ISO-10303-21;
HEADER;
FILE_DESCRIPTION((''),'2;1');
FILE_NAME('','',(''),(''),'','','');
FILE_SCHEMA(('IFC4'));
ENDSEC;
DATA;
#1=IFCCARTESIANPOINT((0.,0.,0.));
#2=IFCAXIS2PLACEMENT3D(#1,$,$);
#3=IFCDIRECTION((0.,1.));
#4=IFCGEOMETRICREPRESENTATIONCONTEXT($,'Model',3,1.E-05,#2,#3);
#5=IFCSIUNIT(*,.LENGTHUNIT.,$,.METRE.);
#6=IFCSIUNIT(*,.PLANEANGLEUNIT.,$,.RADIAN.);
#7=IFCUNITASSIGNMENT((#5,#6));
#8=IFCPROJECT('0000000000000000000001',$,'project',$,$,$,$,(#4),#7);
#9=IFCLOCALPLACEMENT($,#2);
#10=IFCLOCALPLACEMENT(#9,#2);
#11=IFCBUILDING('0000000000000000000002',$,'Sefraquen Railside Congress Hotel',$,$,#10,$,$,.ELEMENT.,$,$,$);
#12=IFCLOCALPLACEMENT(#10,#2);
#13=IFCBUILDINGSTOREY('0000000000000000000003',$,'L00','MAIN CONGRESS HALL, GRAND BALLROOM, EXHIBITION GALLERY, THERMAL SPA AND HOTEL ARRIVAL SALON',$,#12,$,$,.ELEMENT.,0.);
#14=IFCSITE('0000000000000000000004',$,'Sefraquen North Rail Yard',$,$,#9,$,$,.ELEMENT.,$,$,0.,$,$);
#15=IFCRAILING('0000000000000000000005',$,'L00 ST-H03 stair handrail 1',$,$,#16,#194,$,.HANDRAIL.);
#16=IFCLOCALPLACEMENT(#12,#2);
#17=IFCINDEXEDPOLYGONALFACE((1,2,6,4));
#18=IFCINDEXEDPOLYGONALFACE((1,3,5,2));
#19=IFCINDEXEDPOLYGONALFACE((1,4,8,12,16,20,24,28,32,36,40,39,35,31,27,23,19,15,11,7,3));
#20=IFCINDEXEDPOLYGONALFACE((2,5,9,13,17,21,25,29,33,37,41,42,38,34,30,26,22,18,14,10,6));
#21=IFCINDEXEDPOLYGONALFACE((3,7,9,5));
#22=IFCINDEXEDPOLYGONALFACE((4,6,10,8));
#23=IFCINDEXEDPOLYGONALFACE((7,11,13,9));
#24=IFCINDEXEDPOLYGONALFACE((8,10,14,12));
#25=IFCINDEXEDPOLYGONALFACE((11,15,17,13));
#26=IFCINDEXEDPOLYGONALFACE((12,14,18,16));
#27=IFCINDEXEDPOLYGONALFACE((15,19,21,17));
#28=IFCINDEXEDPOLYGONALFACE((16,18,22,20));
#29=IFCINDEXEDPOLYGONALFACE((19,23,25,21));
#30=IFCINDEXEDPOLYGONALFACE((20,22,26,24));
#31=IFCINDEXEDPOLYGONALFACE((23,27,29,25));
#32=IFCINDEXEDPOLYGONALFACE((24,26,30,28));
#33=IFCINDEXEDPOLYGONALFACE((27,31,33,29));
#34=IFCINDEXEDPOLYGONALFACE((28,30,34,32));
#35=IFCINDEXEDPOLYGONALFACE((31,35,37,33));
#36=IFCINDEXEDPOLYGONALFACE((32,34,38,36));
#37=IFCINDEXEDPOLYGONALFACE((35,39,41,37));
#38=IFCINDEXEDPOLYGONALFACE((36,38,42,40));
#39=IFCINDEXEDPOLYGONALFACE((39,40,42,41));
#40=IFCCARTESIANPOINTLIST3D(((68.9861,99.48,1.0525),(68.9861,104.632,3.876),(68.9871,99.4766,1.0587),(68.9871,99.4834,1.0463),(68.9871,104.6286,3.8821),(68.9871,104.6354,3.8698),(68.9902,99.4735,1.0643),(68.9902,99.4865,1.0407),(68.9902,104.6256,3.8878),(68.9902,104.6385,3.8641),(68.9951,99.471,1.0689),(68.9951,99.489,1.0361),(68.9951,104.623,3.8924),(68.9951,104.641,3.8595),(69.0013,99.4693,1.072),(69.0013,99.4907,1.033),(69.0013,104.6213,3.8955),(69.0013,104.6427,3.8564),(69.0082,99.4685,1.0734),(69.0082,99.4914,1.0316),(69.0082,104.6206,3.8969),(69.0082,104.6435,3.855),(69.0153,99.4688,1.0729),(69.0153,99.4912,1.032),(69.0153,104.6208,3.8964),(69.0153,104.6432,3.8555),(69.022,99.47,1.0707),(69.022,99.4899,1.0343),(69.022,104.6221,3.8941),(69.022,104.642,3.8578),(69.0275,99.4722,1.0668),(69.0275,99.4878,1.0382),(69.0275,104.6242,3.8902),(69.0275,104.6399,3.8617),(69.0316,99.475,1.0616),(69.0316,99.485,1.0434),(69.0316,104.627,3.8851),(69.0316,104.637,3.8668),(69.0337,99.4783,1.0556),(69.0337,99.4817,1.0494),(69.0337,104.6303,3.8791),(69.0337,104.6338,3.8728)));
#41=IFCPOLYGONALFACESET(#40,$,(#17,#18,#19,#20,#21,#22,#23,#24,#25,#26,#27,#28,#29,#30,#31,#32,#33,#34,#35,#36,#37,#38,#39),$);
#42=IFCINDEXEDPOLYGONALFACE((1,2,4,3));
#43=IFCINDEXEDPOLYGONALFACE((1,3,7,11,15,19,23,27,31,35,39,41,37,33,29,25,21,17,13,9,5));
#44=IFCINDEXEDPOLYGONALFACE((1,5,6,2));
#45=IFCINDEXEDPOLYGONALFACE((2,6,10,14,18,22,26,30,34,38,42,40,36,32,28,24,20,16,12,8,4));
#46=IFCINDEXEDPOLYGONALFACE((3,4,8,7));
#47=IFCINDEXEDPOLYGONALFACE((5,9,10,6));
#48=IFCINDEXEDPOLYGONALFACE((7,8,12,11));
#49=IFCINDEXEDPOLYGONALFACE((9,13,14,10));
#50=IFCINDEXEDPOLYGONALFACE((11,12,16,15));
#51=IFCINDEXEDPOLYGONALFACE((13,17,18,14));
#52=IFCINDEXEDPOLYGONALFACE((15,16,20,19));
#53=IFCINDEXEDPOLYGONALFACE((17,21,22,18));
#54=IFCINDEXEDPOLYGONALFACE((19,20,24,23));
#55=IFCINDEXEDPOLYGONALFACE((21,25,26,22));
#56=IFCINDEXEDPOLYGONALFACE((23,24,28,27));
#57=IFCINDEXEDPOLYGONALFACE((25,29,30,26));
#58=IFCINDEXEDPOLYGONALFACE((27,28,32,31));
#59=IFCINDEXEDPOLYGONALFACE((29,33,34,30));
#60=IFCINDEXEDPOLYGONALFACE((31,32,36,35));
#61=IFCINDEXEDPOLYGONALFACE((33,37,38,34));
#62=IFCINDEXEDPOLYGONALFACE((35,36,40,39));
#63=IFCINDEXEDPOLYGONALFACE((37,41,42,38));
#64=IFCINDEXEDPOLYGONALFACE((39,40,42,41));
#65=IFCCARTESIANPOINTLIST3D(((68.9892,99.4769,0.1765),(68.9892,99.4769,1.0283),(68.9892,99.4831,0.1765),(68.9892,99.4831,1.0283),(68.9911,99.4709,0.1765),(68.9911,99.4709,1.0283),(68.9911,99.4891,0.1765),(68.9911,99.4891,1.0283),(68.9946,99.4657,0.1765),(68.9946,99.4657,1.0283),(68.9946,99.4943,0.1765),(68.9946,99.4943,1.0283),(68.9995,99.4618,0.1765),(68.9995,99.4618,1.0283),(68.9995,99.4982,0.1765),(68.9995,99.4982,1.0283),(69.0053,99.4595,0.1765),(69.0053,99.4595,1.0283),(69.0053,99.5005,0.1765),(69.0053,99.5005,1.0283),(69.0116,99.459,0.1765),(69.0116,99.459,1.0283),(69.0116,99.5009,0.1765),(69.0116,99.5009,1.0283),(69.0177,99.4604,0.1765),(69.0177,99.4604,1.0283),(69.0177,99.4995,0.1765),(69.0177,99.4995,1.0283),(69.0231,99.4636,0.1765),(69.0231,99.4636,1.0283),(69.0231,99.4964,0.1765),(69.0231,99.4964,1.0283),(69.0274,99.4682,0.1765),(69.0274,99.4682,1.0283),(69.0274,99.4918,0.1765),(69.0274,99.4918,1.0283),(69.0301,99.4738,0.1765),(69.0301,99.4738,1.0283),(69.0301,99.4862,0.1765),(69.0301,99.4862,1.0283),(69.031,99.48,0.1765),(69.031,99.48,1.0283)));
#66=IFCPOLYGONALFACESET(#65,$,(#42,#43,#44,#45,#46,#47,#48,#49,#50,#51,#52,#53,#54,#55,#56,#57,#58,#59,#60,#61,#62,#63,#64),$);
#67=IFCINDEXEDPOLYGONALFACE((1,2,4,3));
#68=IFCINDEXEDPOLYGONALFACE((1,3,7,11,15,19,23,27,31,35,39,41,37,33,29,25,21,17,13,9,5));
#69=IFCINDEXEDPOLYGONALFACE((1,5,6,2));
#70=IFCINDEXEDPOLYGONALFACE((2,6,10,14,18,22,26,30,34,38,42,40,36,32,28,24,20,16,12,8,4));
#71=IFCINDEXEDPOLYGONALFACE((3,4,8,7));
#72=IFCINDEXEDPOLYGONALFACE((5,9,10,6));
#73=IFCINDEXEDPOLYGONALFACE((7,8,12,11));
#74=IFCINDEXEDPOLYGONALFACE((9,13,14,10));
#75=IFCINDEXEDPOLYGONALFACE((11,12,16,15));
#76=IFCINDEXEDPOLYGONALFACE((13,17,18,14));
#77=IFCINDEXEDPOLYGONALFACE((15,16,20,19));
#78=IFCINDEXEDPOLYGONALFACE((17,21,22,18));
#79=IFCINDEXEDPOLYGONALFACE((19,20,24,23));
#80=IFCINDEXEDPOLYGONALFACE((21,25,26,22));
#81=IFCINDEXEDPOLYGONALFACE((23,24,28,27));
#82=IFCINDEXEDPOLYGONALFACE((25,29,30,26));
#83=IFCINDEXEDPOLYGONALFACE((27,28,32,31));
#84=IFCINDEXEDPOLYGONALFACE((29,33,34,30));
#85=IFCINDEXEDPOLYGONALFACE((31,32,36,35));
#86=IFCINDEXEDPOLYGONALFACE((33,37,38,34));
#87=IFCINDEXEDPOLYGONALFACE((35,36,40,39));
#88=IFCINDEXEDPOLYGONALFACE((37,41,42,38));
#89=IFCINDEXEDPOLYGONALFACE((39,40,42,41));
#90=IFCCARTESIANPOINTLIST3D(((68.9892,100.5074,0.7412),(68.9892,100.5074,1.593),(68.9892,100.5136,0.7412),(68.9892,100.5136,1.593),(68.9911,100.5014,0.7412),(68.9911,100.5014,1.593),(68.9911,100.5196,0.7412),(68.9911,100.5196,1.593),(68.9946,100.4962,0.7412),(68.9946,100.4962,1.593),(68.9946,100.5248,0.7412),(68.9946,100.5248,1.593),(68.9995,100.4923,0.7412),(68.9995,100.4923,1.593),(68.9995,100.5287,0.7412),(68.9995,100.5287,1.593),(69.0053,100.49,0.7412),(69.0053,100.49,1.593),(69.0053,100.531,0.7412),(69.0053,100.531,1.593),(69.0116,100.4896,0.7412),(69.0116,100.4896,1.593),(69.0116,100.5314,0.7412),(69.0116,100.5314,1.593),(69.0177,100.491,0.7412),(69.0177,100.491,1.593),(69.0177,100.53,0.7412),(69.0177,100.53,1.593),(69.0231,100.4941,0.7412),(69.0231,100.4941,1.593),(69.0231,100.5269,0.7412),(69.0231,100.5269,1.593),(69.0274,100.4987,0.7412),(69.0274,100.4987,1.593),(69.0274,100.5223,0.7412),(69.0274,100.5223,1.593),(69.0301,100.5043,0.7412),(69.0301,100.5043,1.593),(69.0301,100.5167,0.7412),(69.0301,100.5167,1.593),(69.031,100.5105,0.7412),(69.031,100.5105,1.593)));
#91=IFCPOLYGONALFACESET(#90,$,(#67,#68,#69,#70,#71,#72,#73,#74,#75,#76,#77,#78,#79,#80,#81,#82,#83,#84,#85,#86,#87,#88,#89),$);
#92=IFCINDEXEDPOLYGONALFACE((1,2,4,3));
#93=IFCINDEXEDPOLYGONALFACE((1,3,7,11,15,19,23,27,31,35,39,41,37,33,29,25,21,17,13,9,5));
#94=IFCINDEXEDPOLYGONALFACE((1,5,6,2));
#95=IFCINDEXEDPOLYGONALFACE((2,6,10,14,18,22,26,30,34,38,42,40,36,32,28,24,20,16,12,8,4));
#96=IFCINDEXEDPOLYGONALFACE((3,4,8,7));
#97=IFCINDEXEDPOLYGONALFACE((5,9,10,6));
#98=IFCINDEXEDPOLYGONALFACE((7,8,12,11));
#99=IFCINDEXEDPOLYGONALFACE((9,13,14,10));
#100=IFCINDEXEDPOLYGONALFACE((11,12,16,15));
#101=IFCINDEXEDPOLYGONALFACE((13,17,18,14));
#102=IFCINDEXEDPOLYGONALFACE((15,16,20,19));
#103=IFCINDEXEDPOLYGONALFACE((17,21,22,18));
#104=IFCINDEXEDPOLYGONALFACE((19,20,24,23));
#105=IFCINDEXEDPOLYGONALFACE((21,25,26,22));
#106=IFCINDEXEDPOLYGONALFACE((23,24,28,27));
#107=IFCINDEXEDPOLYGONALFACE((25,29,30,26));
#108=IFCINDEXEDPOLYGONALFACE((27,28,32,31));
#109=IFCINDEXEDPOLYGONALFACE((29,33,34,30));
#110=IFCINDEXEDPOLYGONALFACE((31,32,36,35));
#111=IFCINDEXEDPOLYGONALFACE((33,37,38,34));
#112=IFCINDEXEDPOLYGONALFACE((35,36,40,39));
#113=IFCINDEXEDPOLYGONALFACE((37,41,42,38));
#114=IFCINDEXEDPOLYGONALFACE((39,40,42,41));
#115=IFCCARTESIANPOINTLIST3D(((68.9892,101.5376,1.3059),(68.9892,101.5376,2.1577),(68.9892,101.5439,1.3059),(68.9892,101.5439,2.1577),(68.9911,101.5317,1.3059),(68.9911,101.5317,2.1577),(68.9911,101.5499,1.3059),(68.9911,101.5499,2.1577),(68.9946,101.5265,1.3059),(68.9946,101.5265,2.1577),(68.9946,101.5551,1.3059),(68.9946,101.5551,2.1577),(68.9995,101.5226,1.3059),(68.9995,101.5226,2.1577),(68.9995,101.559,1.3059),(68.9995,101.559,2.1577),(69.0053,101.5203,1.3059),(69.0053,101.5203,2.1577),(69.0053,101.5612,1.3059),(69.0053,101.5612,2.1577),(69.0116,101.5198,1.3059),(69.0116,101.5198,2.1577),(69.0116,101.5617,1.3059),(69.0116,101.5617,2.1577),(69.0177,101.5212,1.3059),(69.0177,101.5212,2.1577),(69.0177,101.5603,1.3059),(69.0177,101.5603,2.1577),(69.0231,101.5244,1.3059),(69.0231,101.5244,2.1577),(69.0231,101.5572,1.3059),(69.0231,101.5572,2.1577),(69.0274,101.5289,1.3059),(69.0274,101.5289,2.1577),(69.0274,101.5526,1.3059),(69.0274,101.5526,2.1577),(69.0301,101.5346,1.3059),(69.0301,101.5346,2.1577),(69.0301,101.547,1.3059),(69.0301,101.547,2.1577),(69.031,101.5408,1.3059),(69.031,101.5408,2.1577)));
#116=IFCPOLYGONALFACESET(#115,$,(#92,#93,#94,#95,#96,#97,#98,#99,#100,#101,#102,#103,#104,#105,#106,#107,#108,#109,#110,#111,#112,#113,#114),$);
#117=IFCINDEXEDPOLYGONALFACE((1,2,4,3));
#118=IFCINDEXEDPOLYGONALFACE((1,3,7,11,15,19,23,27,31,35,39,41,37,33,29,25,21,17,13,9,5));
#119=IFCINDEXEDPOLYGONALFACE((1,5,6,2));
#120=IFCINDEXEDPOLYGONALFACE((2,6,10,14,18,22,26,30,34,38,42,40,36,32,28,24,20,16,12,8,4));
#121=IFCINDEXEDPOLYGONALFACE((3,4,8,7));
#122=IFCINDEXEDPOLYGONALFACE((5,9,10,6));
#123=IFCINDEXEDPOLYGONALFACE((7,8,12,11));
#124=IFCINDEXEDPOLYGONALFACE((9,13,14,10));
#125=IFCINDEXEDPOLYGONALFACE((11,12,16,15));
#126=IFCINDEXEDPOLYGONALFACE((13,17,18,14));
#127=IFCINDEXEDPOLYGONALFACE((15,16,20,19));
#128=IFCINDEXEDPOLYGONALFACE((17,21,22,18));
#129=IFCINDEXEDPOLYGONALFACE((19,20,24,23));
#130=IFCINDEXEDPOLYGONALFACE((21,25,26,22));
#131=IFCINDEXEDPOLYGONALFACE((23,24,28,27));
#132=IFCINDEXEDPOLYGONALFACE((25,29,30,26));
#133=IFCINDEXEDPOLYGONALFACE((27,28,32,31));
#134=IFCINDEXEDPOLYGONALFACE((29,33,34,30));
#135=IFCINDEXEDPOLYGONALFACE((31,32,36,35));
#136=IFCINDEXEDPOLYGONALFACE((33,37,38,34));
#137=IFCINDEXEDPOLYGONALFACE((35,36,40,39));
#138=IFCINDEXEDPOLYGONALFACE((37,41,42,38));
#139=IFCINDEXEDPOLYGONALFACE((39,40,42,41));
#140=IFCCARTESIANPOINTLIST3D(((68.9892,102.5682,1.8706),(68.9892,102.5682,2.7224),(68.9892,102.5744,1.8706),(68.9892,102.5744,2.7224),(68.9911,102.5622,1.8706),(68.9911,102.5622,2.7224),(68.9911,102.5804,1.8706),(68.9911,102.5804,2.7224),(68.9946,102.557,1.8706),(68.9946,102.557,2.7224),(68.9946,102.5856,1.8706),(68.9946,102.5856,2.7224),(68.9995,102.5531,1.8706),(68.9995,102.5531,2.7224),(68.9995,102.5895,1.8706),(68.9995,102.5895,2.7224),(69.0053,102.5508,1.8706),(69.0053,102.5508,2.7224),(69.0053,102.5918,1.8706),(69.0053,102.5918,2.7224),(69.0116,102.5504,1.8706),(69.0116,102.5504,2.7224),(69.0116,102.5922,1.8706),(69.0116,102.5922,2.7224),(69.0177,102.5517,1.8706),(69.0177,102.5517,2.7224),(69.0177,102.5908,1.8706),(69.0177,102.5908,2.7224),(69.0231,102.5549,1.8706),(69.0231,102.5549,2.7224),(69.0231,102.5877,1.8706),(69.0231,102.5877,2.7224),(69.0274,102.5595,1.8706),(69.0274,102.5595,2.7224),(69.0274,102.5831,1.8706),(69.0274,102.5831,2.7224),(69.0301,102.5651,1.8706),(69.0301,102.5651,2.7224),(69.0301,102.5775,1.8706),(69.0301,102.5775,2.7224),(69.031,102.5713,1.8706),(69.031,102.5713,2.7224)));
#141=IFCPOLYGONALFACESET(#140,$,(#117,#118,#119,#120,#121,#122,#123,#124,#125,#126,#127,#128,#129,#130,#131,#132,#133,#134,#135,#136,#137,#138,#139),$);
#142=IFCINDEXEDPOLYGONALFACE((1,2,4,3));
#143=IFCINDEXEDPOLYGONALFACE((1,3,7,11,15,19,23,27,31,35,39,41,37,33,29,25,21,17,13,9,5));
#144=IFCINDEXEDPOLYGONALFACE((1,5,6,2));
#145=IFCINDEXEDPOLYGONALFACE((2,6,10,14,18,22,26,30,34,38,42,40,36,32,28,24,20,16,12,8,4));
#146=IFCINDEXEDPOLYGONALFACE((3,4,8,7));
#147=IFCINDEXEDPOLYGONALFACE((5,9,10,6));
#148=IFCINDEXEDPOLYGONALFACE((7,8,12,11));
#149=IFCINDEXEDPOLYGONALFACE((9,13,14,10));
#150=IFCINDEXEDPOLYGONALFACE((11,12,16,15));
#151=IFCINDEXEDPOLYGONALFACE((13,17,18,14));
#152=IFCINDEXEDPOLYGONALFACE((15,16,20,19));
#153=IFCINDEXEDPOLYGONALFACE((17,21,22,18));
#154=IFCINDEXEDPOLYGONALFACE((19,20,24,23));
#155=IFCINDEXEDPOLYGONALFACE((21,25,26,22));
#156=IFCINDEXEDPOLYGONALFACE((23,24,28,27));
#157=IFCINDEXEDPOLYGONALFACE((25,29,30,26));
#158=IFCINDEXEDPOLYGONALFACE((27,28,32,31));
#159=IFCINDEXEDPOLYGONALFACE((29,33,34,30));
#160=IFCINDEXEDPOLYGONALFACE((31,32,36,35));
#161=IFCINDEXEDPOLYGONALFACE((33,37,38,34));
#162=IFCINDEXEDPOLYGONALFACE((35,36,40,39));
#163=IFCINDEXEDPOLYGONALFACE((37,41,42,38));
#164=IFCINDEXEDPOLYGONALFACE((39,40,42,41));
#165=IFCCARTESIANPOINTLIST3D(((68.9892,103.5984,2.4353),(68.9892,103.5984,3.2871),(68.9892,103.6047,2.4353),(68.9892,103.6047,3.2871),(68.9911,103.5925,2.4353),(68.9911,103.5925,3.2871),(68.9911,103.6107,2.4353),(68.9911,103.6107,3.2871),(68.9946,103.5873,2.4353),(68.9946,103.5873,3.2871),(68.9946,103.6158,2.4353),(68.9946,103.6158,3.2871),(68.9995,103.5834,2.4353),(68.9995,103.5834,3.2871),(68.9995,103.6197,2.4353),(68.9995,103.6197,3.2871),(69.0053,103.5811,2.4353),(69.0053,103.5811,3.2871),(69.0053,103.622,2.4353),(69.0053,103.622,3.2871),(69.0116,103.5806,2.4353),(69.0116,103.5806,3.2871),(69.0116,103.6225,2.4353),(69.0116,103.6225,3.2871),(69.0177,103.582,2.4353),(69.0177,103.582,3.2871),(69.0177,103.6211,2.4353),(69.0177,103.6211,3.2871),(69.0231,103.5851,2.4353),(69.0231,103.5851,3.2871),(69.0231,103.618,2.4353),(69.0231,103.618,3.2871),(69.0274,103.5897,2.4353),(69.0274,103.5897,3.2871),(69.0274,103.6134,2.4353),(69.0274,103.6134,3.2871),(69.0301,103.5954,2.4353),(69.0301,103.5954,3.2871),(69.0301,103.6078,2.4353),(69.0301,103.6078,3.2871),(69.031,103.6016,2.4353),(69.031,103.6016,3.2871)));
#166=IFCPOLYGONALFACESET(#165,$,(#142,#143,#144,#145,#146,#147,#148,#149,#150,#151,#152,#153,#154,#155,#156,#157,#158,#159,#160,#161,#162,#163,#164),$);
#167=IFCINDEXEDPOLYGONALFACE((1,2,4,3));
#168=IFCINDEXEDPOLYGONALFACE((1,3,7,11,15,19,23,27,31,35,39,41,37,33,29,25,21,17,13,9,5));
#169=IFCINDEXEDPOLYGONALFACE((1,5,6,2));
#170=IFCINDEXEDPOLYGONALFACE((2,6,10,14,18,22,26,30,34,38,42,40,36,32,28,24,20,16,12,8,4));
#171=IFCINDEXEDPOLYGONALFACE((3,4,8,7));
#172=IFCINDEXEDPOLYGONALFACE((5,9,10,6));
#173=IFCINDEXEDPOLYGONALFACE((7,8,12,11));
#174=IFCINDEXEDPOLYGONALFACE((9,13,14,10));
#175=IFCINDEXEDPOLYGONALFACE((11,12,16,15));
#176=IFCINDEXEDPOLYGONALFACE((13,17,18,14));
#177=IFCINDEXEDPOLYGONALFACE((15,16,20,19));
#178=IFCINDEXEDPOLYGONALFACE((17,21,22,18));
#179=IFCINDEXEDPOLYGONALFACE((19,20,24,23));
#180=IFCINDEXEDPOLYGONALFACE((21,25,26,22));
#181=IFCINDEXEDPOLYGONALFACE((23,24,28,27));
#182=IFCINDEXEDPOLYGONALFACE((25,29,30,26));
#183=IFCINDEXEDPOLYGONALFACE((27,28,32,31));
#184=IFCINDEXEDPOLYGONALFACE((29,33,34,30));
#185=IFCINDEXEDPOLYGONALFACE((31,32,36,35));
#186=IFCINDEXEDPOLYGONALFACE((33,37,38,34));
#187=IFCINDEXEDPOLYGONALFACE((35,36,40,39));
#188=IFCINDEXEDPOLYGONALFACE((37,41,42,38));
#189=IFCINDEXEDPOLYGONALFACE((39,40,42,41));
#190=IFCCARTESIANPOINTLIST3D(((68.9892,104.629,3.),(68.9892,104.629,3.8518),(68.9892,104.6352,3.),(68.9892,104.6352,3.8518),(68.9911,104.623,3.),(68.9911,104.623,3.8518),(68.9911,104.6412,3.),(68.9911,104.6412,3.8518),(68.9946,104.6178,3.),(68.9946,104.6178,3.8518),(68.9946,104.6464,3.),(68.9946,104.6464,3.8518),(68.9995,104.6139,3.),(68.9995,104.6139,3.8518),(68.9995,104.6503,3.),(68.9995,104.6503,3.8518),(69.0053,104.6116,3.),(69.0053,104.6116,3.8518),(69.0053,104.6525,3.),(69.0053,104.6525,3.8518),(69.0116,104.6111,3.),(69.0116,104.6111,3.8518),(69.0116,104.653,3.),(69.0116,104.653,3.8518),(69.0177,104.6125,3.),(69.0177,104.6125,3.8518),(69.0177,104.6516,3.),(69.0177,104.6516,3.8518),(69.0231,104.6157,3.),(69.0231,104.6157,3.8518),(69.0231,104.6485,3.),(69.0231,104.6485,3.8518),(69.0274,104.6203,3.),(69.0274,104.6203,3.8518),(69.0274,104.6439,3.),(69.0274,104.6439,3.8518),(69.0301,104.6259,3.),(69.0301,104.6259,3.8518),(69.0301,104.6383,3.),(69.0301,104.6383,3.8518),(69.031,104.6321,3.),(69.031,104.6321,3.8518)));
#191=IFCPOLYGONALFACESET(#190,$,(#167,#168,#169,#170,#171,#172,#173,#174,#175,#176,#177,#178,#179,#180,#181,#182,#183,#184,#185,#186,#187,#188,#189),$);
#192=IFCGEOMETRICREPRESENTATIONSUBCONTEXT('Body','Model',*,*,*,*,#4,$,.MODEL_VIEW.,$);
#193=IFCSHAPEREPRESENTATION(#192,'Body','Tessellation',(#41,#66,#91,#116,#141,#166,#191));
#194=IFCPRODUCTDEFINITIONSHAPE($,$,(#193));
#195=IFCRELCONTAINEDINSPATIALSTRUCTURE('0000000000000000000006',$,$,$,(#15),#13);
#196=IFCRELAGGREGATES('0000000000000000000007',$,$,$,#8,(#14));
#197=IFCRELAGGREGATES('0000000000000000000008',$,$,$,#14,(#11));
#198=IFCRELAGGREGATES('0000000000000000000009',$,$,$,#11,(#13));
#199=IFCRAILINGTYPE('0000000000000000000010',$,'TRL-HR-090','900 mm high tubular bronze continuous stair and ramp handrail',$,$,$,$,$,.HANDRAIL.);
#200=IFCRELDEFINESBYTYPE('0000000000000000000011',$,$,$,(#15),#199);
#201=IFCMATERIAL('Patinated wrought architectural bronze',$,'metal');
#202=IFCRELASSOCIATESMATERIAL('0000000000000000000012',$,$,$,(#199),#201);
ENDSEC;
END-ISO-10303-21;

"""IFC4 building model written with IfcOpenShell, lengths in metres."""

from ifc_helpers import new_model, si_unit, direction, frame, origin, origin_2d, place, context, subcontext, project, spatial, circle, extrude, material, type_object, element, save


model = new_model("IFC4")

# Units and contexts
model_context = context("Model", 3, precision=1e-05, world=origin(), true_north=direction((0.0, 1.0)))
body_context = subcontext(model_context, "Body", "Model", "MODEL_VIEW")
ifc_project = project(units=[si_unit("LENGTHUNIT", "METRE"), si_unit("PLANEANGLEUNIT", "RADIAN")], contexts=[model_context])

# Site, building, storey
site_placement = place(None, origin())
site = spatial("IfcSite", under=ifc_project, at=site_placement, Name="Sefraquen North Rail Yard", CompositionType="ELEMENT", RefElevation=0.0)
building_placement = place(site_placement, origin())
building = spatial("IfcBuilding", under=site, at=building_placement, Name="Sefraquen Railside Congress Hotel", CompositionType="ELEMENT")
storey_placement = place(building_placement, origin())
storey = spatial("IfcBuildingStorey", under=building, at=storey_placement, Name="L00", Description="MAIN CONGRESS HALL, GRAND BALLROOM, EXHIBITION GALLERY, THERMAL SPA AND HOTEL ARRIVAL SALON", CompositionType="ELEMENT", Elevation=0.0)

# Railing
ifc_material_1 = material(Name="Patinated wrought architectural bronze", Category="metal")
railing_type_1 = type_object("IfcRailingType", Name="TRL-HR-090", Description="900 mm high tubular bronze continuous stair and ramp handrail", PredefinedType="HANDRAIL", material=ifc_material_1)
railing_1_placement = place(storey_placement, frame((69.01, 99.48, 0.1765)))
element("IfcRailing", 1, at=railing_1_placement, inside=storey, type_object=railing_type_1, Name="L00 ST-H03 stair handrail 1", PredefinedType="HANDRAIL", context=body_context, shape_type="SweptSolid", body=[
    extrude(circle(Radius=0.0239, at=origin_2d()), frame((0.0, 0.0, 0.876), z_axis=(0.0, 0.876946, 0.480589), x_axis=(-1.0, 0.0, 0.0)), (0.0, 0.0, 1.0), 5.875),
    extrude(circle(Radius=0.021, at=origin_2d()), origin(), (0.0, 0.0, 1.0), 0.8518),
    extrude(circle(Radius=0.021, at=origin_2d()), frame((0.0, 1.0305, 0.5647)), (0.0, 0.0, 1.0), 0.8518),
    extrude(circle(Radius=0.021, at=origin_2d()), frame((0.0, 2.0608, 1.1294)), (0.0, 0.0, 1.0), 0.8518),
    extrude(circle(Radius=0.021, at=origin_2d()), frame((0.0, 3.0913, 1.6941)), (0.0, 0.0, 1.0), 0.8518),
    extrude(circle(Radius=0.021, at=origin_2d()), frame((0.0, 4.1216, 2.2588)), (0.0, 0.0, 1.0), 0.8518),
    extrude(circle(Radius=0.021, at=origin_2d()), frame((0.0, 5.1521, 2.8235)), (0.0, 0.0, 1.0), 0.8518),
])

save(model, "model.ifc")
